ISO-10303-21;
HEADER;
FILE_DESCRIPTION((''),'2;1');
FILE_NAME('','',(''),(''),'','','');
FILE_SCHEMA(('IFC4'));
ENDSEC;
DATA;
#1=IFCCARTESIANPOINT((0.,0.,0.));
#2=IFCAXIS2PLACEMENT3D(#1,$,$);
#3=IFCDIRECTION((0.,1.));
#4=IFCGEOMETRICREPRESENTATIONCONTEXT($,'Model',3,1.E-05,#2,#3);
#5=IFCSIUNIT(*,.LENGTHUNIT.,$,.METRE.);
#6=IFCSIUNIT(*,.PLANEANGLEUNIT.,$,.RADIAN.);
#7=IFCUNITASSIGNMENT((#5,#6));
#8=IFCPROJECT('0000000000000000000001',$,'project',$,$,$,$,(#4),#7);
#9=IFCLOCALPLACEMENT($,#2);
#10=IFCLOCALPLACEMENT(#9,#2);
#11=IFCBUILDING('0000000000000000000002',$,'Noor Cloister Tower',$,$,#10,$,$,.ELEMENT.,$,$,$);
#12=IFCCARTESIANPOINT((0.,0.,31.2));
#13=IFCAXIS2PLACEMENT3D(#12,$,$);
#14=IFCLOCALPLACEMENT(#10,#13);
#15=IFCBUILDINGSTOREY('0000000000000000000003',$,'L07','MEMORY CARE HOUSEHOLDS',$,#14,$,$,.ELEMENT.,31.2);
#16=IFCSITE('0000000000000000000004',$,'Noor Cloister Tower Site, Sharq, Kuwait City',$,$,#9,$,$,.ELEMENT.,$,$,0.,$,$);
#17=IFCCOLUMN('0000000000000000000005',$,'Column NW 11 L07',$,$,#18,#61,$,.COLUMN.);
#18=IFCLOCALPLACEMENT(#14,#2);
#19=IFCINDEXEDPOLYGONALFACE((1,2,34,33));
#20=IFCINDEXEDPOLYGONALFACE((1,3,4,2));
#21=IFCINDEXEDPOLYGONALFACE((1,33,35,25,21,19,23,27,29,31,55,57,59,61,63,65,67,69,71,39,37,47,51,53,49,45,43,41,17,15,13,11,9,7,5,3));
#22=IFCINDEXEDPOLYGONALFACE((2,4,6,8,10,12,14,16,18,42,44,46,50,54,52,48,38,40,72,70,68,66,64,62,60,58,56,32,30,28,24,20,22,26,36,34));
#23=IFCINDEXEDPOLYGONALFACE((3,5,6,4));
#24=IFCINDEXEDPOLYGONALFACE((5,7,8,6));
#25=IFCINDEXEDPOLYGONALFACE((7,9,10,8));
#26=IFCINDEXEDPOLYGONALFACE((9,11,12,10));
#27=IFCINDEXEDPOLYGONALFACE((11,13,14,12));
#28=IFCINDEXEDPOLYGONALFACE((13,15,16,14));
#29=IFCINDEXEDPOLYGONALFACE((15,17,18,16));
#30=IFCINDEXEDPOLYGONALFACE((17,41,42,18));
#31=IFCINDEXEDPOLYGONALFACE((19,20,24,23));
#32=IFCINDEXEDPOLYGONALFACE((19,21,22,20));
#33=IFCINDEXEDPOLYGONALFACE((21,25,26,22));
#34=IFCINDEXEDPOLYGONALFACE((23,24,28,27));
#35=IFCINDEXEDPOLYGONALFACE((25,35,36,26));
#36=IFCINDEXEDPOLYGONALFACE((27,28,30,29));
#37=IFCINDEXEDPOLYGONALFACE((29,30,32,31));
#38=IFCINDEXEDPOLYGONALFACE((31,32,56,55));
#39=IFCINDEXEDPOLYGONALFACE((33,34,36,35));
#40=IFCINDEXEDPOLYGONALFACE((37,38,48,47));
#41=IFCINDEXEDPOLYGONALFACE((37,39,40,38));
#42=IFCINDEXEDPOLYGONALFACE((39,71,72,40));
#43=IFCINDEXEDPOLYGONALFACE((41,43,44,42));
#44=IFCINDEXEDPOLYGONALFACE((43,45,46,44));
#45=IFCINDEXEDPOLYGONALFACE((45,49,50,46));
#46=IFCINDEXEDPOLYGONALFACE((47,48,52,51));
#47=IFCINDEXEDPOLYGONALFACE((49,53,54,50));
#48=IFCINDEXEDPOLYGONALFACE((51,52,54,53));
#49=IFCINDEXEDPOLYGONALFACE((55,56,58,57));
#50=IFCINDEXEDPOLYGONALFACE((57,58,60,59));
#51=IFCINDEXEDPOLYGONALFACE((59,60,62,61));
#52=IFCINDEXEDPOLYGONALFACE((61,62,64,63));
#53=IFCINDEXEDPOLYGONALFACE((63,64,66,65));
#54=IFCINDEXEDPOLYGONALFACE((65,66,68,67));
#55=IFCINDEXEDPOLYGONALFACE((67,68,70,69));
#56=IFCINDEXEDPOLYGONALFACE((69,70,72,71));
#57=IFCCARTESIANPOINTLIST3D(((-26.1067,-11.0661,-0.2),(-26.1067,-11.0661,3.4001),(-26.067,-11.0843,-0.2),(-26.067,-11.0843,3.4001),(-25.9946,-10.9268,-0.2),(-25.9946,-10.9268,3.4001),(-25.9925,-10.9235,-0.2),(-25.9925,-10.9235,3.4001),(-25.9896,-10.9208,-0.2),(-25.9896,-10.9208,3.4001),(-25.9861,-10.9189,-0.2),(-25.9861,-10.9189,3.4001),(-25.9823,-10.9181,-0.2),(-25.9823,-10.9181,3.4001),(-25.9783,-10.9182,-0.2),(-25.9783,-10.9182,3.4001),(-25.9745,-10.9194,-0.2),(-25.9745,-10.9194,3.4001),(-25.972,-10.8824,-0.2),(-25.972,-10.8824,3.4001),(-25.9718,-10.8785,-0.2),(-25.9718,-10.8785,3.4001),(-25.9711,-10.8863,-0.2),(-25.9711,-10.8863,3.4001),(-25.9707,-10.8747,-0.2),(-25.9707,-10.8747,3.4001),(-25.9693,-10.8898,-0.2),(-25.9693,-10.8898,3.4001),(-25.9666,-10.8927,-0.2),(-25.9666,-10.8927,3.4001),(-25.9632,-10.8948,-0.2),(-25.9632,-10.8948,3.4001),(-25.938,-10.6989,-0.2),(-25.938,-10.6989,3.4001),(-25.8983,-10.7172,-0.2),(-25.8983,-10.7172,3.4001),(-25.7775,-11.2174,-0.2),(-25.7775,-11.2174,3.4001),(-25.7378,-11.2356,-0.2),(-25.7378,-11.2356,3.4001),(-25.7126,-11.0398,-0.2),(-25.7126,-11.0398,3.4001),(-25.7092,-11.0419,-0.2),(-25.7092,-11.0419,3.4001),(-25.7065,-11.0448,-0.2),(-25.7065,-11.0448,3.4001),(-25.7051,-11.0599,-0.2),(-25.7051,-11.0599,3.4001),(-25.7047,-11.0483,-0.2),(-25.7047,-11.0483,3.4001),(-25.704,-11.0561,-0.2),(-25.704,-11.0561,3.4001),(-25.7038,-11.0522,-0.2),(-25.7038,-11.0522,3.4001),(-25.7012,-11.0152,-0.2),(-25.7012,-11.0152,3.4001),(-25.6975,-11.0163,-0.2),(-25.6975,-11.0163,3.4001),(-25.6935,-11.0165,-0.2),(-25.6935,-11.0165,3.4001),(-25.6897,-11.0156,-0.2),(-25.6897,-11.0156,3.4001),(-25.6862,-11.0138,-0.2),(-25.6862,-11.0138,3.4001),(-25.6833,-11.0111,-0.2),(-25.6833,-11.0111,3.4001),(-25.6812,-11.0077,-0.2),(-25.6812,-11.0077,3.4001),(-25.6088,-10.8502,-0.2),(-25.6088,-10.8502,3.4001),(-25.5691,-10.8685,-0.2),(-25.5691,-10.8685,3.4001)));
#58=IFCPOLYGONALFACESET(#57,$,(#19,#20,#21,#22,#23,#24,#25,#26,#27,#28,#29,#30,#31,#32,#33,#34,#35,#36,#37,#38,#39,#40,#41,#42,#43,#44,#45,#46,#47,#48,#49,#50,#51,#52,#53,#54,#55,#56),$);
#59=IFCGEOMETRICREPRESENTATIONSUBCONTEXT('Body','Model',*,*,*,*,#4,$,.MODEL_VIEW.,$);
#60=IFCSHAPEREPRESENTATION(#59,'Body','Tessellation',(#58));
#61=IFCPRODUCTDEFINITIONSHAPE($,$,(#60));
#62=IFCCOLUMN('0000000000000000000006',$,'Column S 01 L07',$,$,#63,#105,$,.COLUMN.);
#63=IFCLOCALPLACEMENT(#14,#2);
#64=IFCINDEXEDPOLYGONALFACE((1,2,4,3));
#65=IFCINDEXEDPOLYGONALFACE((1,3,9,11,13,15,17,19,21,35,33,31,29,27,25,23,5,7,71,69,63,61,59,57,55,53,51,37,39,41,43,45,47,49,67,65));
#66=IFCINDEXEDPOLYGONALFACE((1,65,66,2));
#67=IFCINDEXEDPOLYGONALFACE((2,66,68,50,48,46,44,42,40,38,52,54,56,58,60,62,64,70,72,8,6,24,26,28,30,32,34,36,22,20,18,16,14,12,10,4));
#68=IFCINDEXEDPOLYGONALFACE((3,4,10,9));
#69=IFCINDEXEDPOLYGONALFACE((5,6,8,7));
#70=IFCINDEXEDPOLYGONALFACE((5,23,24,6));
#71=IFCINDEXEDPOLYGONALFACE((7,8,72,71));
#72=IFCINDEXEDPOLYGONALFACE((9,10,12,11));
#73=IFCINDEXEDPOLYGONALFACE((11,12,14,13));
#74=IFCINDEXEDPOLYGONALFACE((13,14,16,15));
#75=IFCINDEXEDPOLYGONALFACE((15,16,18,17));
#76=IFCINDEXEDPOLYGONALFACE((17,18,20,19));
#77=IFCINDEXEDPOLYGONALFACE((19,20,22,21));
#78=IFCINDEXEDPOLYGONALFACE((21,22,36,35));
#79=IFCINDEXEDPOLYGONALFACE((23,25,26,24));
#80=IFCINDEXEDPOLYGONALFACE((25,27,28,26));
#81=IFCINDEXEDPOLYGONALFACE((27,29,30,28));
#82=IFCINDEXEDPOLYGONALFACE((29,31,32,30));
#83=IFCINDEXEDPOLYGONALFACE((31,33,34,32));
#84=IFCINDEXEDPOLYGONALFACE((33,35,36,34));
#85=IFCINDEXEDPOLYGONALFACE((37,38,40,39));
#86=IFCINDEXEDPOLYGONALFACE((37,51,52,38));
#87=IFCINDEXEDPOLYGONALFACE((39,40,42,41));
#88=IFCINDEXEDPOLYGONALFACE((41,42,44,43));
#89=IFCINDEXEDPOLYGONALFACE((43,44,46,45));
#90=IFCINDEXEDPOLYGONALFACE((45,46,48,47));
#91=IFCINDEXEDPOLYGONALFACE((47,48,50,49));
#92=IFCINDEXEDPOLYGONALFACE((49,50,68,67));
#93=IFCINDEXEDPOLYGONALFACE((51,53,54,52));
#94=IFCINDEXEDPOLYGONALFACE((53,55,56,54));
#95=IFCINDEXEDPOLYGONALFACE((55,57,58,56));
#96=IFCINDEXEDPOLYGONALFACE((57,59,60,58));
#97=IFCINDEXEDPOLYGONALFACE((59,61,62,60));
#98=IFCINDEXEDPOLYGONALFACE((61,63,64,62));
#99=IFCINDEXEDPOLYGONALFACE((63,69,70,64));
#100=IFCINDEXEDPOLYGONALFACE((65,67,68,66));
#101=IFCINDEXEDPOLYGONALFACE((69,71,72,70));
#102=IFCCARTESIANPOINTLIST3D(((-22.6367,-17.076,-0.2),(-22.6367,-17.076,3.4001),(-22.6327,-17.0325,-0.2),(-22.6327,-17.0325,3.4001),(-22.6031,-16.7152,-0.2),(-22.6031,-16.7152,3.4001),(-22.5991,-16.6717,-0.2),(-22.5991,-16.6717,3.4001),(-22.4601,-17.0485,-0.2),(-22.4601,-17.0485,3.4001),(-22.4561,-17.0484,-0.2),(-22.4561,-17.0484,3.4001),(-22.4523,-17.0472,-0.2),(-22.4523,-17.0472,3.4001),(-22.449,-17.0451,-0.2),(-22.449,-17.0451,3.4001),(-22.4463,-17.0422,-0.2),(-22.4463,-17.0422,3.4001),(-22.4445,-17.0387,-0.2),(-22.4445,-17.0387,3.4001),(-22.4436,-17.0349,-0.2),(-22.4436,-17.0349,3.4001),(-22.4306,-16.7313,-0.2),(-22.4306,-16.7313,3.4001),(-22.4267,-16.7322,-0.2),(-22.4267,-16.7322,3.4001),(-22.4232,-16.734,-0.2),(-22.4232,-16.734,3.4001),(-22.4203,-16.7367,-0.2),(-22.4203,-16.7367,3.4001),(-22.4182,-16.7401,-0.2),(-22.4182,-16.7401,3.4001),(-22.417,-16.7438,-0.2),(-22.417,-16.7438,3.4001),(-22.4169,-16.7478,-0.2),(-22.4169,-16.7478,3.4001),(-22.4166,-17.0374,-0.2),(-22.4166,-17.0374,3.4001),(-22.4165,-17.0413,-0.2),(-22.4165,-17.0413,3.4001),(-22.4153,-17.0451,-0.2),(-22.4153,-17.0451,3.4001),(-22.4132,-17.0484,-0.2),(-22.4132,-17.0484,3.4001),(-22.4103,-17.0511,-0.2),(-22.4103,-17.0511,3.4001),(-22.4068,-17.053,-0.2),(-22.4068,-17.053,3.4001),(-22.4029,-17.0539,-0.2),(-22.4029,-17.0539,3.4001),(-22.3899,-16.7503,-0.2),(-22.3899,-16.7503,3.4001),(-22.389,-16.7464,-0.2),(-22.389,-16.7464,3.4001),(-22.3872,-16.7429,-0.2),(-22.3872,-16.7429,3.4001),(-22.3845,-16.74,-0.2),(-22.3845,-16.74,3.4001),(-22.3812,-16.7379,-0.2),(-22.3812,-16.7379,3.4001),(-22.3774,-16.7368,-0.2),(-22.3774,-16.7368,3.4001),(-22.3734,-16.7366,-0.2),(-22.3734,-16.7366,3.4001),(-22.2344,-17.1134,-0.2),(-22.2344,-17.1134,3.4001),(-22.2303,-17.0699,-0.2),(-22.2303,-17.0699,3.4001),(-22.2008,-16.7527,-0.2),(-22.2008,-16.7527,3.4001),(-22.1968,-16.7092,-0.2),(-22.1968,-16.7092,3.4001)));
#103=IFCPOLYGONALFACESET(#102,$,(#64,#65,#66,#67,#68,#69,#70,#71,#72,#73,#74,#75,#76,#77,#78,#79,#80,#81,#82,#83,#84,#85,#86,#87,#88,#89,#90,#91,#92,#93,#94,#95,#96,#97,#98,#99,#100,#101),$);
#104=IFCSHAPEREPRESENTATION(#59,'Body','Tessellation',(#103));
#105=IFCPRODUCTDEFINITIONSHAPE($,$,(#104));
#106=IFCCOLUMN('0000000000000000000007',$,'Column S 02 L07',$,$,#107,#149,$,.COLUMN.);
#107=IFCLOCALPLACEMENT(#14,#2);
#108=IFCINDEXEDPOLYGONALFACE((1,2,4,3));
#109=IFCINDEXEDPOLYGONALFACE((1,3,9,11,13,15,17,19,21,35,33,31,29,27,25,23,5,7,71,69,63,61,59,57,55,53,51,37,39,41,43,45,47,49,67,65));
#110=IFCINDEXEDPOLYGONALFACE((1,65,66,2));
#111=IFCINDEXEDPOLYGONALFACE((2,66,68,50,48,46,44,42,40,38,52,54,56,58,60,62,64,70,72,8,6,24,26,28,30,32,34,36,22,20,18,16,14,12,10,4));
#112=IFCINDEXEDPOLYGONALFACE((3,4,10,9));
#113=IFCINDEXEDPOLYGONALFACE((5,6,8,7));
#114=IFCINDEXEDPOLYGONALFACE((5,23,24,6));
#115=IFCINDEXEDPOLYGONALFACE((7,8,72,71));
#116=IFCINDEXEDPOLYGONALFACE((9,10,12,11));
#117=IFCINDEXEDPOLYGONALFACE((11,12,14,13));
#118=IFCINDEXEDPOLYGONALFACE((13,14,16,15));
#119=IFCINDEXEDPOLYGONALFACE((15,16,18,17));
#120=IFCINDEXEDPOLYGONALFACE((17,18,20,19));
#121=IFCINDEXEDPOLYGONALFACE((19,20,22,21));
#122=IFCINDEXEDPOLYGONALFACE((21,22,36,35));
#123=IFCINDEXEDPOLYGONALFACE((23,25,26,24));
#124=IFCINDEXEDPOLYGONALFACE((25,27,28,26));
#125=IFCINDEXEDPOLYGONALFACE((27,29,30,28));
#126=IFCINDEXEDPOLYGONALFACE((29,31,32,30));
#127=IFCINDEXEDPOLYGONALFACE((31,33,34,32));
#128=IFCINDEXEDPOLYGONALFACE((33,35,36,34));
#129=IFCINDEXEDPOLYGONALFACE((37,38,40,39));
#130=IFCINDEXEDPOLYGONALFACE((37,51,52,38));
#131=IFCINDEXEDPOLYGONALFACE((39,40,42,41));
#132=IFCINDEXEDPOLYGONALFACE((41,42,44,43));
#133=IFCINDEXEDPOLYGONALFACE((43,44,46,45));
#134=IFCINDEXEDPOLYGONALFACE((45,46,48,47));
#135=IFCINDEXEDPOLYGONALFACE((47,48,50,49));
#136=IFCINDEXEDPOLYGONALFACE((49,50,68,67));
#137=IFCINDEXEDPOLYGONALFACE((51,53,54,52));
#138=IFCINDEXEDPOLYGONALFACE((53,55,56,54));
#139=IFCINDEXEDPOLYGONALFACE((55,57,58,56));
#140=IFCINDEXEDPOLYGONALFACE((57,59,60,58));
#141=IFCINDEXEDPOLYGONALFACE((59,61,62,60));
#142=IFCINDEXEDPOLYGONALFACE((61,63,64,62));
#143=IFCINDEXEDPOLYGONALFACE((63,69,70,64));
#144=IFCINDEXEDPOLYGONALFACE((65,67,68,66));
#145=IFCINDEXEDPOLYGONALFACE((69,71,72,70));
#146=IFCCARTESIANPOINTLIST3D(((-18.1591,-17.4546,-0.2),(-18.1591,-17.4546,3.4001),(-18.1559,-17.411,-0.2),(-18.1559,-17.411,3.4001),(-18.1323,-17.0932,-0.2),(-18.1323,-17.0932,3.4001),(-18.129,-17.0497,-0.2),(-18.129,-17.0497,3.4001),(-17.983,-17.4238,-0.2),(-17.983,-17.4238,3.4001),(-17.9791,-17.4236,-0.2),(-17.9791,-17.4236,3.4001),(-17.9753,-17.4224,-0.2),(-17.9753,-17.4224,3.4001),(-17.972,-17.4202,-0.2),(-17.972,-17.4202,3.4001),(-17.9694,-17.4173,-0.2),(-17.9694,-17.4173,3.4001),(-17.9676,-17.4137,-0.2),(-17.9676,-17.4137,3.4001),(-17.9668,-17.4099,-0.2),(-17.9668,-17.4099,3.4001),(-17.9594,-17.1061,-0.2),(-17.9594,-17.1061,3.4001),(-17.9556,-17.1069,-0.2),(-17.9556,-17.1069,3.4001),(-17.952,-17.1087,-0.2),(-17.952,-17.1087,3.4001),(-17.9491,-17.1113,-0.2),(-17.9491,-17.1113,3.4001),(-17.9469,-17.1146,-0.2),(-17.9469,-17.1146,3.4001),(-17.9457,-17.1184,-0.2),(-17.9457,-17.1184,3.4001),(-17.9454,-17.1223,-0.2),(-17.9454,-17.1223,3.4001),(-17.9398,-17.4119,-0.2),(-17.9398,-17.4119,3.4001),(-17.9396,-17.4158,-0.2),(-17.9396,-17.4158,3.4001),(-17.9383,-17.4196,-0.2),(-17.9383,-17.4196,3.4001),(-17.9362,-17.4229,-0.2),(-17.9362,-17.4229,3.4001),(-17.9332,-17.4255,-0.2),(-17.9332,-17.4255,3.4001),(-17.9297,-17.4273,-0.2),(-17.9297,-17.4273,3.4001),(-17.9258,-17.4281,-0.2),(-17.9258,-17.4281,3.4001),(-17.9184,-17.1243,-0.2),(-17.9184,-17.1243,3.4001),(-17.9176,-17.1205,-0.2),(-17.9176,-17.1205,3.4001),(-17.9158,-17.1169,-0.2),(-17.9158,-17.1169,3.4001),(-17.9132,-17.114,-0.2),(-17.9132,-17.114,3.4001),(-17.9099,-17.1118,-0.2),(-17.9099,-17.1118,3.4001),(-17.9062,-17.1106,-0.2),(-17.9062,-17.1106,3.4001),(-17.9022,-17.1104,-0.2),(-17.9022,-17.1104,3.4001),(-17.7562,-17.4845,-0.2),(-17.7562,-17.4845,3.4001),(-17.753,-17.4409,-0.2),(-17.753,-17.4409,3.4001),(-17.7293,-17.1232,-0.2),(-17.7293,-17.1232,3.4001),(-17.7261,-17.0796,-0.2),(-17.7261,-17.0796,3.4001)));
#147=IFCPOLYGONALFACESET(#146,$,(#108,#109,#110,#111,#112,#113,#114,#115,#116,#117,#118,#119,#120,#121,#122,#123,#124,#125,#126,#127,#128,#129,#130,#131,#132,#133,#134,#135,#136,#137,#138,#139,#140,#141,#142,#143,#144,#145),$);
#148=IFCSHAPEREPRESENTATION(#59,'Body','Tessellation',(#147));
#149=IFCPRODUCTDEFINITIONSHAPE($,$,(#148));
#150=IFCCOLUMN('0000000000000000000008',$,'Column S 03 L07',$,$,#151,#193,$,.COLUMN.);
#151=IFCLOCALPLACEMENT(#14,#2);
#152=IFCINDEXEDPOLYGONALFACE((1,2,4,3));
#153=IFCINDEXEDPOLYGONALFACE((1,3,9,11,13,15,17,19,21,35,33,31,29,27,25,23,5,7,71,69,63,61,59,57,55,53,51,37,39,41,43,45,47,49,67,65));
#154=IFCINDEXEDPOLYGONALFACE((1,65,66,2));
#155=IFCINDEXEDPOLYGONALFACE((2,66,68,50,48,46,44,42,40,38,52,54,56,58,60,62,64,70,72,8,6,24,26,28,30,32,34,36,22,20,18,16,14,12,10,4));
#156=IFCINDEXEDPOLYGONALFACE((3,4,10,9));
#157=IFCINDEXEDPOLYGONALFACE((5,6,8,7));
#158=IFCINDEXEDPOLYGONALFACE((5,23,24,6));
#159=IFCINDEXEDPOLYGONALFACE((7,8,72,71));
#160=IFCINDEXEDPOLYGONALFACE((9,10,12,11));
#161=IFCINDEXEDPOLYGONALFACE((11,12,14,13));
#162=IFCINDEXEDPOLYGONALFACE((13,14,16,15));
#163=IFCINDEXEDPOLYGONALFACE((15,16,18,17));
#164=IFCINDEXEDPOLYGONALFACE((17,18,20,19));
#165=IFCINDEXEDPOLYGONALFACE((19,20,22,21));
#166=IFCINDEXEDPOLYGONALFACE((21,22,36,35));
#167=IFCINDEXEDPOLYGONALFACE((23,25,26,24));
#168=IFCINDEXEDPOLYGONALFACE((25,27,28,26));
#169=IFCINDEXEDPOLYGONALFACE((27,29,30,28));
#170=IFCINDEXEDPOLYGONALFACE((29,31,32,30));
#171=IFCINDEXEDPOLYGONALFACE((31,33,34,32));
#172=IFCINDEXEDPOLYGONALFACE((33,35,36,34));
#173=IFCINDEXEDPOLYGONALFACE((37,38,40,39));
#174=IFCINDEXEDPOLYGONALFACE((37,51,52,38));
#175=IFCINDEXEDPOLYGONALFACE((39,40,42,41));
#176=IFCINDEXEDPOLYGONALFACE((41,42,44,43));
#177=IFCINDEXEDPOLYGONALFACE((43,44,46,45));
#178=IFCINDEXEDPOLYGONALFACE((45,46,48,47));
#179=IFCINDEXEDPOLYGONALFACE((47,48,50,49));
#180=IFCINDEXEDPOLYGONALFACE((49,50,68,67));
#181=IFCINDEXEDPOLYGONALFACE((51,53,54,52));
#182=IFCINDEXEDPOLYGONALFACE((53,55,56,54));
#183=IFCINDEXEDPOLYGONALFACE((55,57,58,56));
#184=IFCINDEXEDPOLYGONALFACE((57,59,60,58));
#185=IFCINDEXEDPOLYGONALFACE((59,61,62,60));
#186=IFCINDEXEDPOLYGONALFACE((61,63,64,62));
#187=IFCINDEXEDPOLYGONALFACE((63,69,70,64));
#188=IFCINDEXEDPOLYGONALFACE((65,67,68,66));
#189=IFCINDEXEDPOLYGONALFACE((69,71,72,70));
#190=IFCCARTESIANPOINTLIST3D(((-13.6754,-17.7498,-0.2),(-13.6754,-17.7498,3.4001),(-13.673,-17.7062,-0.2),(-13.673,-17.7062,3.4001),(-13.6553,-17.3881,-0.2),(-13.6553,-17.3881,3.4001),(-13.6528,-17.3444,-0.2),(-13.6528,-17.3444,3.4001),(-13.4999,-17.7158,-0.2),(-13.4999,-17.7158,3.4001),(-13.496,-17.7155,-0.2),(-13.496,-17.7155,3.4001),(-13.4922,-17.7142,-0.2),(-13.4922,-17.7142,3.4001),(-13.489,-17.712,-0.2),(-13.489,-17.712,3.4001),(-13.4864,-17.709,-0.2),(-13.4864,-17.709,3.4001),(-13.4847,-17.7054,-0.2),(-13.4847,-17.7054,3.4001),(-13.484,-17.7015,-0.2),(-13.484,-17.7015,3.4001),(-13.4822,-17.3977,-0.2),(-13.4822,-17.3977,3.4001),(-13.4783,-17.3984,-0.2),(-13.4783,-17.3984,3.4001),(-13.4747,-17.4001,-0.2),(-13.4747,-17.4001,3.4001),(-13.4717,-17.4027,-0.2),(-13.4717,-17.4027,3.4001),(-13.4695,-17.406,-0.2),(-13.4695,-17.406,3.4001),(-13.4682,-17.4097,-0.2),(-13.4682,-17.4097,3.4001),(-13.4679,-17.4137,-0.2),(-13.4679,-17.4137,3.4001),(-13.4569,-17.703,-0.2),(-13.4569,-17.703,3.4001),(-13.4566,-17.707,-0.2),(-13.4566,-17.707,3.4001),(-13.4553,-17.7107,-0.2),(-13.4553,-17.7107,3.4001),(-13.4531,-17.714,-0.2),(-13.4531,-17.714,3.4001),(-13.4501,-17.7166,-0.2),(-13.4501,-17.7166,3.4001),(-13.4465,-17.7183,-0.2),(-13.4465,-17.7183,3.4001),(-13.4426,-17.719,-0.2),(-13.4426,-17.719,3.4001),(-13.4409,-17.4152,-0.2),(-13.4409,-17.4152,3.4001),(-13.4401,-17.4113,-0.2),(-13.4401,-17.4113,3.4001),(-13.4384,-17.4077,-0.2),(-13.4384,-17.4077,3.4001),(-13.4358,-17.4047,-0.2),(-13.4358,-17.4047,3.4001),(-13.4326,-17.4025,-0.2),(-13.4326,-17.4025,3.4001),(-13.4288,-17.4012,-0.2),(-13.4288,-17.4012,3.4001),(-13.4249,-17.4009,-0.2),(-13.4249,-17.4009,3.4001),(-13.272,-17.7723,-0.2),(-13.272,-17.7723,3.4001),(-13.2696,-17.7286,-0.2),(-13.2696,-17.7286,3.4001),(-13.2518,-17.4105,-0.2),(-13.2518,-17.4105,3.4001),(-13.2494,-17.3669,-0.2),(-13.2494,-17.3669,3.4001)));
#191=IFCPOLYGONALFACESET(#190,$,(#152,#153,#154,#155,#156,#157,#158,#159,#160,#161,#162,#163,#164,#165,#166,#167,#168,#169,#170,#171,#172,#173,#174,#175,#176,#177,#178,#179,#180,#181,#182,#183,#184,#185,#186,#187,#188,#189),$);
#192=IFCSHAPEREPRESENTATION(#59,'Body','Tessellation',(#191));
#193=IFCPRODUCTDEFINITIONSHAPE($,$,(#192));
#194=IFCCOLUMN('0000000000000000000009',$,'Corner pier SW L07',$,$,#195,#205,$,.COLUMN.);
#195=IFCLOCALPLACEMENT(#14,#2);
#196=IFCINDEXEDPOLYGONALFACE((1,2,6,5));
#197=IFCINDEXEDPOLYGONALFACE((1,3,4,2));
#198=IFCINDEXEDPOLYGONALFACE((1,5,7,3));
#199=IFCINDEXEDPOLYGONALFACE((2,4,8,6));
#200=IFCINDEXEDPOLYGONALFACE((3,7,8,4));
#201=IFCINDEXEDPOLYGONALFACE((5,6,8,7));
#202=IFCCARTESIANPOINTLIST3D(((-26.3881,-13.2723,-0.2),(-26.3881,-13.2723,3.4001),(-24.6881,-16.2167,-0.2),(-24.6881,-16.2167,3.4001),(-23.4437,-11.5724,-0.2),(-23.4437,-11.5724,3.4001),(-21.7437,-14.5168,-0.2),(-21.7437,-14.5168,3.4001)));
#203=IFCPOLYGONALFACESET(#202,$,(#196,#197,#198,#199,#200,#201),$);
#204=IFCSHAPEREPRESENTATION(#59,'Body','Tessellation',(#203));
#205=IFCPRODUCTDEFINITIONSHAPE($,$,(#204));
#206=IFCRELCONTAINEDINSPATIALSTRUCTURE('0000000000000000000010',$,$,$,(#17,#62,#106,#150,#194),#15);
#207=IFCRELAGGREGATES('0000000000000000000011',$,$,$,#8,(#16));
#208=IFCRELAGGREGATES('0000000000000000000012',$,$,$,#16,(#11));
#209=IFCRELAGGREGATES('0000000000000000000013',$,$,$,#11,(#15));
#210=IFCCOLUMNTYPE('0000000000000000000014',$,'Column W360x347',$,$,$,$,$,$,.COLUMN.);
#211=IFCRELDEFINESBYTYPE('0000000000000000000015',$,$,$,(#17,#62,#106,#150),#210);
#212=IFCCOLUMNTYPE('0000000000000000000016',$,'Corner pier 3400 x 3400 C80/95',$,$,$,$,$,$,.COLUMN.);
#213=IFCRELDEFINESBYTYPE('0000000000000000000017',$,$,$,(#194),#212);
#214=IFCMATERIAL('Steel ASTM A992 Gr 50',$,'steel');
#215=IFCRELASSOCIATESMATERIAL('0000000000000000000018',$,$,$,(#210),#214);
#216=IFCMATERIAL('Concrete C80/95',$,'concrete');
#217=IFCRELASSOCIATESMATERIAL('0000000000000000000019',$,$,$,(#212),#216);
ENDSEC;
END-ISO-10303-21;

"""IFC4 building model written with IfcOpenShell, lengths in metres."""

from ifc_helpers import new_model, si_unit, direction, frame, origin, origin_2d, place, context, subcontext, project, spatial, rectangle, i_section, extrude, material, material_profile, profile_set, type_object, element, save


model = new_model("IFC4")

# Units and contexts
model_context = context("Model", 3, precision=1e-05, world=origin(), true_north=direction((0.0, 1.0)))
body_context = subcontext(model_context, "Body", "Model", "MODEL_VIEW")
ifc_project = project(units=[si_unit("LENGTHUNIT", "METRE"), si_unit("PLANEANGLEUNIT", "RADIAN")], contexts=[model_context])

# Site, building, storey
site_placement = place(None, origin())
site = spatial("IfcSite", under=ifc_project, at=site_placement, Name="Noor Cloister Tower Site, Sharq, Kuwait City", CompositionType="ELEMENT", RefElevation=0.0)
building_placement = place(site_placement, origin())
building = spatial("IfcBuilding", under=site, at=building_placement, Name="Noor Cloister Tower", CompositionType="ELEMENT")
storey_placement = place(building_placement, frame((0.0, 0.0, 31.2)))
storey = spatial("IfcBuildingStorey", under=building, at=storey_placement, Name="L07", Description="MEMORY CARE HOUSEHOLDS", CompositionType="ELEMENT", Elevation=31.2)

# Columns
ifc_material_1 = material(Name="Steel ASTM A992 Gr 50", Category="steel")
ifc_material_profile_1 = material_profile(ifc_material_1, i_section(OverallWidth=0.4041, OverallDepth=0.406, WebThickness=0.0271, FlangeThickness=0.0437, FilletRadius=0.0151, at=origin_2d()), Name="W360x347")
ifc_profile_set_1 = profile_set([ifc_material_profile_1], Name="Steel ASTM A992 Gr 50")
column_type_1 = type_object("IfcColumnType", Name="Column W360x347", PredefinedType="COLUMN", material=ifc_profile_set_1)
for number, where, z_axis, x_axis, name in (
    (1, (-25.8379, -10.9673, -0.2), (0.0, 0.0, 1.0), (-0.417624, -0.90862, 0.0), "Column NW 11 L07"),
    (2, (-22.4167, -16.8926, -0.2), (0.0, 0.0, 1.0), (0.9957, -0.092636, 0.0), "Column S 01 L07"),
    (3, (-17.9426, -17.2671, -0.2), (0.0, 0.0, 1.0), (0.997247, -0.074147, 0.0), "Column S 02 L07"),
    (4, (-13.4624, -17.5583, -0.2), (0.0, 0.0, 1.0), (0.998451, -0.055633, 0.0), "Column S 03 L07"),
):
    element("IfcColumn", number, at=place(storey_placement, frame(where, z_axis=z_axis, x_axis=x_axis)), inside=storey, type_object=column_type_1, Name=name, PredefinedType="COLUMN", context=body_context, shape_type="SweptSolid", body=[
        extrude(i_section(OverallWidth=0.4041, OverallDepth=0.406, WebThickness=0.0271, FlangeThickness=0.0437, FilletRadius=0.0151, at=origin_2d()), origin(), (0.0, 0.0, 1.0), 3.6001),
    ])
ifc_material_2 = material(Name="Concrete C80/95", Category="concrete")
ifc_material_profile_2 = material_profile(ifc_material_2, rectangle(XDim=3.3999, YDim=3.3999, at=origin_2d()), Name="RC 3400x3400")
ifc_profile_set_2 = profile_set([ifc_material_profile_2], Name="Concrete C80/95")
column_type_2 = type_object("IfcColumnType", Name="Corner pier 3400 x 3400 C80/95", PredefinedType="COLUMN", material=ifc_profile_set_2)
column_placement = place(storey_placement, frame((-24.0659, -13.8945, -0.2), z_axis=(0.0, 0.0, 1.0), x_axis=(-0.866025, -0.5, 0.0)))
element("IfcColumn", 5, at=column_placement, inside=storey, type_object=column_type_2, Name="Corner pier SW L07", PredefinedType="COLUMN", context=body_context, shape_type="SweptSolid", body=[
    extrude(rectangle(XDim=3.3999, YDim=3.3999, at=origin_2d()), origin(), (0.0, 0.0, 1.0), 3.6001),
])

save(model, "model.ifc")
